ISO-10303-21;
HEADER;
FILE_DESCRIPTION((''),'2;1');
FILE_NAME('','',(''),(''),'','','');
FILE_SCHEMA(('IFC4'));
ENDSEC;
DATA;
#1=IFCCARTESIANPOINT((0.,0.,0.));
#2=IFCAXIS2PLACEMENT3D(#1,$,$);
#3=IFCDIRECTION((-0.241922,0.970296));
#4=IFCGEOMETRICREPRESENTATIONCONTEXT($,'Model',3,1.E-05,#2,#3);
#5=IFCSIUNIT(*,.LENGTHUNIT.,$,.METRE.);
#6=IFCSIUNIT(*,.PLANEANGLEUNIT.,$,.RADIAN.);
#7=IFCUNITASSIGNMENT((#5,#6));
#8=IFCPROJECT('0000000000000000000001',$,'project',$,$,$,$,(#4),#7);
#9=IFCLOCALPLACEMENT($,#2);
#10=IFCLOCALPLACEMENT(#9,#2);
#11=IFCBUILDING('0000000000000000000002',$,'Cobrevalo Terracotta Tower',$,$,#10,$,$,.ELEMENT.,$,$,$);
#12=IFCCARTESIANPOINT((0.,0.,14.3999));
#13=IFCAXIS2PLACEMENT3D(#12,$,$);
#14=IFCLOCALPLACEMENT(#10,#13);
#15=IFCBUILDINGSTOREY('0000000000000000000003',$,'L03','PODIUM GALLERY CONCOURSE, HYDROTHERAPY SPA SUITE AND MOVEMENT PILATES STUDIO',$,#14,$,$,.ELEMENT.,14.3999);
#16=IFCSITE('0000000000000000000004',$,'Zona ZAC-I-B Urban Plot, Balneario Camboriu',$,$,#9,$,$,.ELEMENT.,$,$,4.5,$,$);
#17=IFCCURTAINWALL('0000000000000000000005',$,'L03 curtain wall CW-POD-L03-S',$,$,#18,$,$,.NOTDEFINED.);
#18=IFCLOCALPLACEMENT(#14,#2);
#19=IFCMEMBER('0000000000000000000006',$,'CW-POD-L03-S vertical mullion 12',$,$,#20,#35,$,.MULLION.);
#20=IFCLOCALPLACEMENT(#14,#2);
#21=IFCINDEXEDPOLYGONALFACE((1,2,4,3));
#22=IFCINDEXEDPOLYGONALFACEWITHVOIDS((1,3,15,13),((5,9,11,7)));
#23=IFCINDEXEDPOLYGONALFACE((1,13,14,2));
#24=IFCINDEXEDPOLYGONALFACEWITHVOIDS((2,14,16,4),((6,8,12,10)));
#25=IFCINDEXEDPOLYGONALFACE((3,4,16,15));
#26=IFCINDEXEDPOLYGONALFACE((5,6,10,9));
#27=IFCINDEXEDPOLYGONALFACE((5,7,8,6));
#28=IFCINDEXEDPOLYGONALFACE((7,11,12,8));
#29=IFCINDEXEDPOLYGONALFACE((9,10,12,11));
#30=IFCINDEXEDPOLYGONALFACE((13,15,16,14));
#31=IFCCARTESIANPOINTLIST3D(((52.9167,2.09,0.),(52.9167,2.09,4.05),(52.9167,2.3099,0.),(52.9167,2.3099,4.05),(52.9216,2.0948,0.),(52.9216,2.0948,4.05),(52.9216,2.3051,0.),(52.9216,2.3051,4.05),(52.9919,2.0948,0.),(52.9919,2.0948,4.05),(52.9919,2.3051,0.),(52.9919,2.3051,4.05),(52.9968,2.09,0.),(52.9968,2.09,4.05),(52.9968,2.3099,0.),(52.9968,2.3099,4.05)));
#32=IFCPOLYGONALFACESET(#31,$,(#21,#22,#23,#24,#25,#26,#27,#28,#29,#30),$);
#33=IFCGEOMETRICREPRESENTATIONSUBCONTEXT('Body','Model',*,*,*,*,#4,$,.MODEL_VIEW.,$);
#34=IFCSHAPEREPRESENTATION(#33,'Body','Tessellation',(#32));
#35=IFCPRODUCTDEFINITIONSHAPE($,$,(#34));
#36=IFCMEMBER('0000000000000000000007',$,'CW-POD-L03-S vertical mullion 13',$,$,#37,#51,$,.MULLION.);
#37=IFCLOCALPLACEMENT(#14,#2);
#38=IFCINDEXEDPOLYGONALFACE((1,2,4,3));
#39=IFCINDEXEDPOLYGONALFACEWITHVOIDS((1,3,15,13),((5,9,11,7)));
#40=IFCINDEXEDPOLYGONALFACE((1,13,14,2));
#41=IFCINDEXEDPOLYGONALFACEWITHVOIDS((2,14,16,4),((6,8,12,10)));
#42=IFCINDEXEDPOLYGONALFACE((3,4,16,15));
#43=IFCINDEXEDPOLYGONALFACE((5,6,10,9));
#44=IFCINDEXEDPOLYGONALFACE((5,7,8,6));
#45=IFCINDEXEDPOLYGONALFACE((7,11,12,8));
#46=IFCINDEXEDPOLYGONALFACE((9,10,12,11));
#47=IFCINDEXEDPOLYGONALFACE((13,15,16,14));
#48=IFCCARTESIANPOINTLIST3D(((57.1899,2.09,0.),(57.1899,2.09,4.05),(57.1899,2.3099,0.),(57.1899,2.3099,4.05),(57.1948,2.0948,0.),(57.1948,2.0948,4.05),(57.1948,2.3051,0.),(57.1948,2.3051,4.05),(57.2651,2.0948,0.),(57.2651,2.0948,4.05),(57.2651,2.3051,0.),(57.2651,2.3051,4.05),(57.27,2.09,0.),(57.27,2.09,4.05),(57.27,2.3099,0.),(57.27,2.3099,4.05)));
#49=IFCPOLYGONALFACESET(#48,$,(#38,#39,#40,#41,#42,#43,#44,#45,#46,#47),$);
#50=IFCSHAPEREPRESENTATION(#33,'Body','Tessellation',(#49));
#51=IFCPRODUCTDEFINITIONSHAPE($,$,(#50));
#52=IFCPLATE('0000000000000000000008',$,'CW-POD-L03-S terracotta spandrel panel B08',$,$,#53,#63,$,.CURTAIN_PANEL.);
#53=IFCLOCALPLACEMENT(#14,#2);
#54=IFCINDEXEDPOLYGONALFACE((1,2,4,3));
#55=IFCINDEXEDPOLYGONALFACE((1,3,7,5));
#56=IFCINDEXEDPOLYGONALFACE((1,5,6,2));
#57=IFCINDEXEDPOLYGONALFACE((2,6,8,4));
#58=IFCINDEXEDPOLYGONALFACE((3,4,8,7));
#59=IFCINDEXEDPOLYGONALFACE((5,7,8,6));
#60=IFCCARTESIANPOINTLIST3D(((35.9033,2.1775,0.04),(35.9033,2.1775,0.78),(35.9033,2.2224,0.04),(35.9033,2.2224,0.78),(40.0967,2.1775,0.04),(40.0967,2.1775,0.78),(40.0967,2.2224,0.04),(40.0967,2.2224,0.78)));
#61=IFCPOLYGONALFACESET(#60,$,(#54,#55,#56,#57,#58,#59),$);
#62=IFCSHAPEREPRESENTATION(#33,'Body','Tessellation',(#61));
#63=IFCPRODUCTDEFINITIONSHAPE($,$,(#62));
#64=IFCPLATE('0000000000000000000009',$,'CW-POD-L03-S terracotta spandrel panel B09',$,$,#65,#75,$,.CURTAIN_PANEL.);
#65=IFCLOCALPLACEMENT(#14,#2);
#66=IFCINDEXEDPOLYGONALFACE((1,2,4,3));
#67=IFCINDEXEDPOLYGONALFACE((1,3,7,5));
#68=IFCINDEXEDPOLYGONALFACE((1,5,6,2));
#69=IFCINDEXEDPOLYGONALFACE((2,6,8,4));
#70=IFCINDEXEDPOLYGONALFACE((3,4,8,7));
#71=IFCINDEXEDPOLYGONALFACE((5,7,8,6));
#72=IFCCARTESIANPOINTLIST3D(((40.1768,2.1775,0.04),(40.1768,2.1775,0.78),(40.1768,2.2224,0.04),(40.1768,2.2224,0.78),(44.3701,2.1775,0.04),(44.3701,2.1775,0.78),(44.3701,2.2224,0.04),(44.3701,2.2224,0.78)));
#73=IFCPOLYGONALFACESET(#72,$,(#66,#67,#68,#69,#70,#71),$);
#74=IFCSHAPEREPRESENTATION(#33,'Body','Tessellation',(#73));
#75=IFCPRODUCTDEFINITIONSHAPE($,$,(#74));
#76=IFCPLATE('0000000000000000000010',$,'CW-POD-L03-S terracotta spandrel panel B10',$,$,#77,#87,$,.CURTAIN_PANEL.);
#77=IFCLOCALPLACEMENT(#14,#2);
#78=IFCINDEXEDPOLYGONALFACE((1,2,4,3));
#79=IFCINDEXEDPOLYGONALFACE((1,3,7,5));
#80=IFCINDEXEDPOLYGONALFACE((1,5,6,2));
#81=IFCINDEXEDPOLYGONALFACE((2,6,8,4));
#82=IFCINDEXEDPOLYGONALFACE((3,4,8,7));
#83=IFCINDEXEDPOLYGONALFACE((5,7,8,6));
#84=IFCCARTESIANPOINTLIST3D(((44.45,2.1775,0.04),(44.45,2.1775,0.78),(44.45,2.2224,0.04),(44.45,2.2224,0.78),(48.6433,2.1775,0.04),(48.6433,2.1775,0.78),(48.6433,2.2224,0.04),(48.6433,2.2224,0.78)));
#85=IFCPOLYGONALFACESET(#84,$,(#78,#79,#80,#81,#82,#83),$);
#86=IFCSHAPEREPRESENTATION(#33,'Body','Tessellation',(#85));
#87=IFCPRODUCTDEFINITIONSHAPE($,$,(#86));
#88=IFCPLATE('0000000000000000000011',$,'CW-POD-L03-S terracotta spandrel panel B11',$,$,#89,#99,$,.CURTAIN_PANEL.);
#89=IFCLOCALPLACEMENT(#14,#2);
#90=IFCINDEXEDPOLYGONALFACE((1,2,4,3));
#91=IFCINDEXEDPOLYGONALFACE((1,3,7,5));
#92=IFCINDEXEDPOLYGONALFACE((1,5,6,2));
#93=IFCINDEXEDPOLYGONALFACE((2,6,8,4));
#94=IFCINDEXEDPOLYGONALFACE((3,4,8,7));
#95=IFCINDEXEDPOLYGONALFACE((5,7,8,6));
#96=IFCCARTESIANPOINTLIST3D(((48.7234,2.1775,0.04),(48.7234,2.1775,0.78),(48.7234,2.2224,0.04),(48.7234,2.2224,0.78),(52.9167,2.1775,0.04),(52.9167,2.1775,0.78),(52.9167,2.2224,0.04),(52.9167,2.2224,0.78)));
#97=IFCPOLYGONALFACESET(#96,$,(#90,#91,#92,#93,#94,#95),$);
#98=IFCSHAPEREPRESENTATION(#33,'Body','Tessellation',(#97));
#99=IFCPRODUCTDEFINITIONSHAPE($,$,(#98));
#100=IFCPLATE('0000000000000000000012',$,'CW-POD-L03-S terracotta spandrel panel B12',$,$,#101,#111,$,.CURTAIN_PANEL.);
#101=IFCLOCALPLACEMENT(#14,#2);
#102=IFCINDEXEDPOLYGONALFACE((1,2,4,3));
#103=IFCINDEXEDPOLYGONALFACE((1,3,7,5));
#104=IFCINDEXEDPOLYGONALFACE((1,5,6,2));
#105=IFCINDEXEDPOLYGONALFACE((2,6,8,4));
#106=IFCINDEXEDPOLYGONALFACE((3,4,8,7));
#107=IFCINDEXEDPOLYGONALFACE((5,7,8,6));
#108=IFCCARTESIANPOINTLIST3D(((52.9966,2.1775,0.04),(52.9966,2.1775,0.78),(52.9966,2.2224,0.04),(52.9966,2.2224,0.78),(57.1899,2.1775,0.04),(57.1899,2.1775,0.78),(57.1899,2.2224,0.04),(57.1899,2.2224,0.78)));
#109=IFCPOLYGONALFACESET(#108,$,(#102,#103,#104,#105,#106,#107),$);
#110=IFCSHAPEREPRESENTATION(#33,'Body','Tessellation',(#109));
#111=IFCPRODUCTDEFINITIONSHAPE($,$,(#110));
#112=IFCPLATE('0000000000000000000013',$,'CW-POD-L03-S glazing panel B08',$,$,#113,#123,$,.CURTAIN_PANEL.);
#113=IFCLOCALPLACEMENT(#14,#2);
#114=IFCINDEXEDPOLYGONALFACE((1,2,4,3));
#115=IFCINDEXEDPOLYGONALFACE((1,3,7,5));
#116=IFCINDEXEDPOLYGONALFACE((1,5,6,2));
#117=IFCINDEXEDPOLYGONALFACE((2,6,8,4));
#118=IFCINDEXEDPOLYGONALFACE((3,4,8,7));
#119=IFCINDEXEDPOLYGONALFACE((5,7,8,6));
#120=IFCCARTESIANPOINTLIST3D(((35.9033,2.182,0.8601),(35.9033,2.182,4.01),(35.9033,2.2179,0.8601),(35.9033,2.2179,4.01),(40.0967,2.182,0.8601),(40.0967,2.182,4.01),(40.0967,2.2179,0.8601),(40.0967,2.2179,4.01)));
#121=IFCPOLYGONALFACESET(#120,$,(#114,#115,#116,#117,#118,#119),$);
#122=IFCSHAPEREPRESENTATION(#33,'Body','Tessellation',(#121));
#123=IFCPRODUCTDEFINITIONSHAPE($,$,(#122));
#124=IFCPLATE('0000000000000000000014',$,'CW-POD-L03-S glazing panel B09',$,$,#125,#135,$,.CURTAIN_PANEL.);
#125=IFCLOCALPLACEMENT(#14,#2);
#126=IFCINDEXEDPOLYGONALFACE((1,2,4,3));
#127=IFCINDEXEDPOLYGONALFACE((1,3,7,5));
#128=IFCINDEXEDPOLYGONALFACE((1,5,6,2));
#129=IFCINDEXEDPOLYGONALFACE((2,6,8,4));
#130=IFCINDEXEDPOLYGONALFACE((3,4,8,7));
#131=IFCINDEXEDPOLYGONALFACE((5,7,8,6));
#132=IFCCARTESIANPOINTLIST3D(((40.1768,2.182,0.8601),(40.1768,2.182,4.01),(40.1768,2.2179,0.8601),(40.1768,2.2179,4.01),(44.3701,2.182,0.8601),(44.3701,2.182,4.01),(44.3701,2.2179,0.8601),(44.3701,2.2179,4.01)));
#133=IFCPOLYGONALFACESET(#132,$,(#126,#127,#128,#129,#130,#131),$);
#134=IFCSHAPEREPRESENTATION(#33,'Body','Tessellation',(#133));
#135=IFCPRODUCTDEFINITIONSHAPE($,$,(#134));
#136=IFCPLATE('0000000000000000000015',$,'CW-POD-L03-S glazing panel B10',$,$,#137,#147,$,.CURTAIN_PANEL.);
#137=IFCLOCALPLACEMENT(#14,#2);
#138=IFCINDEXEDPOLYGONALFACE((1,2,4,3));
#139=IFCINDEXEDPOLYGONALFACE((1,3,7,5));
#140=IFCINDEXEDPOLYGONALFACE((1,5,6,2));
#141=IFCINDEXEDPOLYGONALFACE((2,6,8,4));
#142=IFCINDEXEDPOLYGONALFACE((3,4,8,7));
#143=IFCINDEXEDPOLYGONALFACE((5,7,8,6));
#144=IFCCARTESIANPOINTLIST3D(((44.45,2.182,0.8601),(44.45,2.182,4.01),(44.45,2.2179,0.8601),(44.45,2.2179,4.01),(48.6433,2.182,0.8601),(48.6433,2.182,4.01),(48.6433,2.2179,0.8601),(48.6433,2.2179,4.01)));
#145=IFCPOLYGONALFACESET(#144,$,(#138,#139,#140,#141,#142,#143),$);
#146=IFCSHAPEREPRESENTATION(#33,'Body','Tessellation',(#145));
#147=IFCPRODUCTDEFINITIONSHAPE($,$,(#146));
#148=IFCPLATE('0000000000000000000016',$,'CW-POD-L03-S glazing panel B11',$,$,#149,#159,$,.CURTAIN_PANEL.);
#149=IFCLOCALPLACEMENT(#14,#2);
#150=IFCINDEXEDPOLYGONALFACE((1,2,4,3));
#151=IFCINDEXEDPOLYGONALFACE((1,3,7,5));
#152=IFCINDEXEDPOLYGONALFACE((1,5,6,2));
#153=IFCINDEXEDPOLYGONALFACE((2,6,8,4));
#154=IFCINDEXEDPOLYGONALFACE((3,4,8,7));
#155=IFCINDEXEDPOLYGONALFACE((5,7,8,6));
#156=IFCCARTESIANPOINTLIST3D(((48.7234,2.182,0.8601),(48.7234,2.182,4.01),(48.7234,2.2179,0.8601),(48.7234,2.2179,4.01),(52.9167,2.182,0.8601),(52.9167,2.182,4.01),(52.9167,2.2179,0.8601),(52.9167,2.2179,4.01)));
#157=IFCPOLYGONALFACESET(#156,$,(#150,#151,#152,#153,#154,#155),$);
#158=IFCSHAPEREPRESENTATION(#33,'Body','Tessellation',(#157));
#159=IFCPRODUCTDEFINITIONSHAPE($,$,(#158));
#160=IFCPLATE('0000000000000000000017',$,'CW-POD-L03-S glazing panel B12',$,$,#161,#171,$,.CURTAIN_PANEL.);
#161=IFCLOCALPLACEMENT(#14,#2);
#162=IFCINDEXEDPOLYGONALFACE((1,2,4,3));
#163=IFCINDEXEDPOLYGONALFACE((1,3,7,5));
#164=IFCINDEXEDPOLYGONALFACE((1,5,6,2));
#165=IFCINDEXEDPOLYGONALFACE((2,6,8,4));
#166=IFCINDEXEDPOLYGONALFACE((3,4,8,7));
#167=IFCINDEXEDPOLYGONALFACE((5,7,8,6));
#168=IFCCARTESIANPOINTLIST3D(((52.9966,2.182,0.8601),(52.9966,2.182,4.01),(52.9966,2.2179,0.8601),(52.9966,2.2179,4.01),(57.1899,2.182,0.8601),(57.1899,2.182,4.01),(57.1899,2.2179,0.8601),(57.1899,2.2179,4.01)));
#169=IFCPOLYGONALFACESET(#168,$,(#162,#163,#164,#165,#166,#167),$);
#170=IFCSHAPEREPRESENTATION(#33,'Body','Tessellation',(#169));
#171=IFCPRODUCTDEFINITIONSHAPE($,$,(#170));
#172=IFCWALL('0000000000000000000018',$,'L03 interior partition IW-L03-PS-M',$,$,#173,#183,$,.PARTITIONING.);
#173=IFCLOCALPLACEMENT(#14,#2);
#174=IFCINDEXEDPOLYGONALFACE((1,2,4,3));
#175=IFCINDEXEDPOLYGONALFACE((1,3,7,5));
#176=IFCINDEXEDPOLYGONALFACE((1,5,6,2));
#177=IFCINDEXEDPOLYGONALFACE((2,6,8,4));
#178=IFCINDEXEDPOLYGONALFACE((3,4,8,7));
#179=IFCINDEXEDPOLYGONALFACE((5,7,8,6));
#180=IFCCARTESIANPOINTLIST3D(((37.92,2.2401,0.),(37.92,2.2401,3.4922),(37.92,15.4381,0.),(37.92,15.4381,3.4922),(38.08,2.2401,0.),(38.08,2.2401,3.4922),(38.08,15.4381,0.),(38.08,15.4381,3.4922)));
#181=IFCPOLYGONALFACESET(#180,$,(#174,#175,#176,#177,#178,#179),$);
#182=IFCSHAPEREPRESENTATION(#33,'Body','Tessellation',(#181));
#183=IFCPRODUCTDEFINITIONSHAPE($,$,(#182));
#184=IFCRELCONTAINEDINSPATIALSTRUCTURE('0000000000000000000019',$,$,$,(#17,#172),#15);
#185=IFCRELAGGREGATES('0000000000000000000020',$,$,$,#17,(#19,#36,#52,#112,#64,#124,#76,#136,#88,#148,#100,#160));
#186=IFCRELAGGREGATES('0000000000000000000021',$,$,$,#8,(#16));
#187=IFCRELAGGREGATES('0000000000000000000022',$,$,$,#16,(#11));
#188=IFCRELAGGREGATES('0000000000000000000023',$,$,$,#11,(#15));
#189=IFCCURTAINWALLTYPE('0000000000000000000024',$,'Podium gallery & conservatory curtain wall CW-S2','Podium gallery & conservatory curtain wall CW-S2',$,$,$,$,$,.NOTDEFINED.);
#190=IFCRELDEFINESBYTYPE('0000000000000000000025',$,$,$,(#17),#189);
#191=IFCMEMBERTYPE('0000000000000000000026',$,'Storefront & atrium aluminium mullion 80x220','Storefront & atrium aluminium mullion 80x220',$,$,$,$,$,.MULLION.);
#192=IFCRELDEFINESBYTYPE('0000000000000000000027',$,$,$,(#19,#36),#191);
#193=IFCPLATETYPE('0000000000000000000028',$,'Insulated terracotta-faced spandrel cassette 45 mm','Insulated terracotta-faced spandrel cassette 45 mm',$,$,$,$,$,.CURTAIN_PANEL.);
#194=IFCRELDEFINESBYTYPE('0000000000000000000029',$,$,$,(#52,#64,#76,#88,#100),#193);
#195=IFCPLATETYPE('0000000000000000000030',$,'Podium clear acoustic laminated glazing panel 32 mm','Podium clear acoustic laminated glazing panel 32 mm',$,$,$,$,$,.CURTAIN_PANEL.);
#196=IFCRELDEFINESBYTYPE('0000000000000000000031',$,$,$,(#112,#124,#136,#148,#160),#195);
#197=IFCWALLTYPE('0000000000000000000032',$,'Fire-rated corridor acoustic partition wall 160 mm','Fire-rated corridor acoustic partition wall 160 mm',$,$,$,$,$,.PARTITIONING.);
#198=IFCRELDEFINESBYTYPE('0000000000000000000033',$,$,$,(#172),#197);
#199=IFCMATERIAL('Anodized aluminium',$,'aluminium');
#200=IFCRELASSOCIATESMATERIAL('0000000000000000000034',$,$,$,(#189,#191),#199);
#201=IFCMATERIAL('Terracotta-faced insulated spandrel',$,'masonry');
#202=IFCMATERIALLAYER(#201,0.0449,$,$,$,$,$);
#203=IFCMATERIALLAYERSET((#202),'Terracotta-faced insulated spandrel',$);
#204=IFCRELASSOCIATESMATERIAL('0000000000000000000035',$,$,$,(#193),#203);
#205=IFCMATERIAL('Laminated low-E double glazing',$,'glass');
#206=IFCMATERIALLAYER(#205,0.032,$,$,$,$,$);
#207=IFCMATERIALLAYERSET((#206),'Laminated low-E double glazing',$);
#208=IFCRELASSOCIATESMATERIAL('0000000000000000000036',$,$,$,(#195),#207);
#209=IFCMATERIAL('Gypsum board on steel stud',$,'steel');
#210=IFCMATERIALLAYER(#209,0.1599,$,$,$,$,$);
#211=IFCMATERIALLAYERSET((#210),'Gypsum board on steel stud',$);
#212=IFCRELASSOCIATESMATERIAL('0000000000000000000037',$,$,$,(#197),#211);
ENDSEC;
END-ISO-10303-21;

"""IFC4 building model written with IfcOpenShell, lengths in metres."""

from ifc_helpers import new_model, si_unit, direction, frame, frame_2d, origin, origin_2d, place, context, subcontext, project, spatial, rectangle, hollow_rectangle, extrude, source, transform, mapped, material, layer, layer_set, material_profile, profile_set, type_object, element, aggregate, save


model = new_model("IFC4")

# Units and contexts
model_context = context("Model", 3, precision=1e-05, world=origin(), true_north=direction((-0.241922, 0.970296)))
body_context = subcontext(model_context, "Body", "Model", "MODEL_VIEW")
ifc_project = project(units=[si_unit("LENGTHUNIT", "METRE"), si_unit("PLANEANGLEUNIT", "RADIAN")], contexts=[model_context])

# Site, building, storey
site_placement = place(None, origin())
site = spatial("IfcSite", under=ifc_project, at=site_placement, Name="Zona ZAC-I-B Urban Plot, Balneario Camboriu", CompositionType="ELEMENT", RefElevation=4.5)
building_placement = place(site_placement, origin())
building = spatial("IfcBuilding", under=site, at=building_placement, Name="Cobrevalo Terracotta Tower", CompositionType="ELEMENT")
storey_placement = place(building_placement, frame((0.0, 0.0, 14.3999)))
storey = spatial("IfcBuildingStorey", under=building, at=storey_placement, Name="L03", Description="PODIUM GALLERY CONCOURSE, HYDROTHERAPY SPA SUITE AND MOVEMENT PILATES STUDIO", CompositionType="ELEMENT", Elevation=14.3999)

# Curtain wall, members, plates
ifc_material_1 = material(Name="Anodized aluminium", Category="aluminium")
curtain_wall_type = type_object("IfcCurtainWallType", Name="Podium gallery & conservatory curtain wall CW-S2", Description="Podium gallery & conservatory curtain wall CW-S2", PredefinedType="NOTDEFINED", material=ifc_material_1)
curtain_wall_placement = place(storey_placement, origin())
curtain_wall = element("IfcCurtainWall", 1, at=curtain_wall_placement, inside=storey, type_object=curtain_wall_type, Name="L03 curtain wall CW-POD-L03-S", PredefinedType="NOTDEFINED")
ifc_material_profile_1 = material_profile(ifc_material_1, hollow_rectangle(XDim=0.0801, YDim=0.22, WallThickness=0.0049, at=origin_2d()), Name="CWM 80x220")
ifc_profile_set_1 = profile_set([ifc_material_profile_1], Name="Anodized aluminium")
member_type_1 = type_object("IfcMemberType", Name="Storefront & atrium aluminium mullion 80x220", Description="Storefront & atrium aluminium mullion 80x220", PredefinedType="MULLION", material=ifc_profile_set_1)
shared_shape_1 = source(origin(), body_context, "Body", "SweptSolid", [
    extrude(hollow_rectangle(XDim=0.0801, YDim=0.22, WallThickness=0.0049, at=origin_2d()), origin(), (0.0, 0.0, 1.0), 4.05),
])
member_1_placement = place(storey_placement, frame((52.9568, 2.2, 0.0), z_axis=(0.0, 0.0, 1.0), x_axis=(1.0, 0.0, 0.0)))
member_1 = element("IfcMember", 2, at=member_1_placement, type_object=member_type_1, Name="CW-POD-L03-S vertical mullion 12", PredefinedType="MULLION", context=body_context, shape_type="MappedRepresentation", body=[
    mapped(shared_shape_1, transform((0.0, 0.0, 0.0), scale=1.0)),
])
member_2_placement = place(storey_placement, frame((57.23, 2.2, 0.0), z_axis=(0.0, 0.0, 1.0), x_axis=(1.0, 0.0, 0.0)))
member_2 = element("IfcMember", 3, at=member_2_placement, type_object=member_type_1, Name="CW-POD-L03-S vertical mullion 13", PredefinedType="MULLION", context=body_context, shape_type="MappedRepresentation", body=[
    mapped(shared_shape_1, transform((0.0, 0.0, 0.0), scale=1.0)),
])
ifc_material_2 = material(Name="Terracotta-faced insulated spandrel", Category="masonry")
ifc_layer_1 = layer(ifc_material_2, 0.0449)
ifc_layer_set_1 = layer_set([ifc_layer_1], Name="Terracotta-faced insulated spandrel")
plate_type_1 = type_object("IfcPlateType", Name="Insulated terracotta-faced spandrel cassette 45 mm", Description="Insulated terracotta-faced spandrel cassette 45 mm", PredefinedType="CURTAIN_PANEL", material=ifc_layer_set_1)
shared_shape_2 = source(origin(), body_context, "Body", "SweptSolid", [
    extrude(rectangle(XDim=4.1934, YDim=0.0449, at=origin_2d()), origin(), (0.0, 0.0, 1.0), 0.74),
])
plate_1_placement = place(storey_placement, frame((38.0, 2.2, 0.04), z_axis=(0.0, 0.0, 1.0), x_axis=(1.0, 0.0, 0.0)))
plate_1 = element("IfcPlate", 4, at=plate_1_placement, type_object=plate_type_1, Name="CW-POD-L03-S terracotta spandrel panel B08", PredefinedType="CURTAIN_PANEL", context=body_context, shape_type="MappedRepresentation", body=[
    mapped(shared_shape_2, transform((0.0, 0.0, 0.0), scale=1.0)),
])
plate_2_placement = place(storey_placement, frame((42.2734, 2.2, 0.04), z_axis=(0.0, 0.0, 1.0), x_axis=(1.0, 0.0, 0.0)))
plate_2 = element("IfcPlate", 5, at=plate_2_placement, type_object=plate_type_1, Name="CW-POD-L03-S terracotta spandrel panel B09", PredefinedType="CURTAIN_PANEL", context=body_context, shape_type="MappedRepresentation", body=[
    mapped(shared_shape_2, transform((0.0, 0.0, 0.0), scale=1.0)),
])
plate_3_placement = place(storey_placement, frame((46.5466, 2.2, 0.04), z_axis=(0.0, 0.0, 1.0), x_axis=(1.0, 0.0, 0.0)))
plate_3 = element("IfcPlate", 6, at=plate_3_placement, type_object=plate_type_1, Name="CW-POD-L03-S terracotta spandrel panel B10", PredefinedType="CURTAIN_PANEL", context=body_context, shape_type="MappedRepresentation", body=[
    mapped(shared_shape_2, transform((0.0, 0.0, 0.0), scale=1.0)),
])
plate_4_placement = place(storey_placement, frame((50.8201, 2.2, 0.04), z_axis=(0.0, 0.0, 1.0), x_axis=(1.0, 0.0, 0.0)))
plate_4 = element("IfcPlate", 7, at=plate_4_placement, type_object=plate_type_1, Name="CW-POD-L03-S terracotta spandrel panel B11", PredefinedType="CURTAIN_PANEL", context=body_context, shape_type="MappedRepresentation", body=[
    mapped(shared_shape_2, transform((0.0, 0.0, 0.0), scale=1.0)),
])
plate_5_placement = place(storey_placement, frame((55.0933, 2.2, 0.04), z_axis=(0.0, 0.0, 1.0), x_axis=(1.0, 0.0, 0.0)))
plate_5 = element("IfcPlate", 8, at=plate_5_placement, type_object=plate_type_1, Name="CW-POD-L03-S terracotta spandrel panel B12", PredefinedType="CURTAIN_PANEL", context=body_context, shape_type="MappedRepresentation", body=[
    mapped(shared_shape_2, transform((0.0, 0.0, 0.0), scale=1.0)),
])
ifc_material_3 = material(Name="Laminated low-E double glazing", Category="glass")
ifc_layer_2 = layer(ifc_material_3, 0.032)
ifc_layer_set_2 = layer_set([ifc_layer_2], Name="Laminated low-E double glazing")
plate_type_2 = type_object("IfcPlateType", Name="Podium clear acoustic laminated glazing panel 32 mm", Description="Podium clear acoustic laminated glazing panel 32 mm", PredefinedType="CURTAIN_PANEL", material=ifc_layer_set_2)
shared_shape_3 = source(origin(), body_context, "Body", "SweptSolid", [
    extrude(rectangle(XDim=4.1934, YDim=0.0359, at=origin_2d()), origin(), (0.0, 0.0, 1.0), 3.1499),
])
plate_6_placement = place(storey_placement, frame((38.0, 2.2, 0.8601), z_axis=(0.0, 0.0, 1.0), x_axis=(1.0, 0.0, 0.0)))
plate_6 = element("IfcPlate", 9, at=plate_6_placement, type_object=plate_type_2, Name="CW-POD-L03-S glazing panel B08", PredefinedType="CURTAIN_PANEL", context=body_context, shape_type="MappedRepresentation", body=[
    mapped(shared_shape_3, transform((0.0, 0.0, 0.0), scale=1.0)),
])
plate_7_placement = place(storey_placement, frame((42.2734, 2.2, 0.8601), z_axis=(0.0, 0.0, 1.0), x_axis=(1.0, 0.0, 0.0)))
plate_7 = element("IfcPlate", 10, at=plate_7_placement, type_object=plate_type_2, Name="CW-POD-L03-S glazing panel B09", PredefinedType="CURTAIN_PANEL", context=body_context, shape_type="MappedRepresentation", body=[
    mapped(shared_shape_3, transform((0.0, 0.0, 0.0), scale=1.0)),
])
plate_8_placement = place(storey_placement, frame((46.5466, 2.2, 0.8601), z_axis=(0.0, 0.0, 1.0), x_axis=(1.0, 0.0, 0.0)))
plate_8 = element("IfcPlate", 11, at=plate_8_placement, type_object=plate_type_2, Name="CW-POD-L03-S glazing panel B10", PredefinedType="CURTAIN_PANEL", context=body_context, shape_type="MappedRepresentation", body=[
    mapped(shared_shape_3, transform((0.0, 0.0, 0.0), scale=1.0)),
])
plate_9_placement = place(storey_placement, frame((50.8201, 2.2, 0.8601), z_axis=(0.0, 0.0, 1.0), x_axis=(1.0, 0.0, 0.0)))
plate_9 = element("IfcPlate", 12, at=plate_9_placement, type_object=plate_type_2, Name="CW-POD-L03-S glazing panel B11", PredefinedType="CURTAIN_PANEL", context=body_context, shape_type="MappedRepresentation", body=[
    mapped(shared_shape_3, transform((0.0, 0.0, 0.0), scale=1.0)),
])
plate_10_placement = place(storey_placement, frame((55.0933, 2.2, 0.8601), z_axis=(0.0, 0.0, 1.0), x_axis=(1.0, 0.0, 0.0)))
plate_10 = element("IfcPlate", 13, at=plate_10_placement, type_object=plate_type_2, Name="CW-POD-L03-S glazing panel B12", PredefinedType="CURTAIN_PANEL", context=body_context, shape_type="MappedRepresentation", body=[
    mapped(shared_shape_3, transform((0.0, 0.0, 0.0), scale=1.0)),
])
aggregate(curtain_wall, [member_1, member_2, plate_1, plate_6, plate_2, plate_7, plate_3, plate_8, plate_4, plate_9, plate_5, plate_10])

# Wall
ifc_material_4 = material(Name="Gypsum board on steel stud", Category="steel")
ifc_layer_3 = layer(ifc_material_4, 0.1599)
ifc_layer_set_3 = layer_set([ifc_layer_3], Name="Gypsum board on steel stud")
wall_type = type_object("IfcWallType", Name="Fire-rated corridor acoustic partition wall 160 mm", Description="Fire-rated corridor acoustic partition wall 160 mm", PredefinedType="PARTITIONING", material=ifc_layer_set_3)
wall_placement = place(storey_placement, frame((38.0, 2.24, 0.0), z_axis=(0.0, 0.0, 1.0), x_axis=(0.0, 1.0, 0.0)))
element("IfcWall", 14, at=wall_placement, inside=storey, type_object=wall_type, Name="L03 interior partition IW-L03-PS-M", PredefinedType="PARTITIONING", context=body_context, shape_type="SweptSolid", body=[
    extrude(rectangle(XDim=13.198, YDim=0.1599, at=frame_2d((6.5991, 0.0))), origin(), (0.0, 0.0, 1.0), 3.4922),
])

save(model, "model.ifc")
